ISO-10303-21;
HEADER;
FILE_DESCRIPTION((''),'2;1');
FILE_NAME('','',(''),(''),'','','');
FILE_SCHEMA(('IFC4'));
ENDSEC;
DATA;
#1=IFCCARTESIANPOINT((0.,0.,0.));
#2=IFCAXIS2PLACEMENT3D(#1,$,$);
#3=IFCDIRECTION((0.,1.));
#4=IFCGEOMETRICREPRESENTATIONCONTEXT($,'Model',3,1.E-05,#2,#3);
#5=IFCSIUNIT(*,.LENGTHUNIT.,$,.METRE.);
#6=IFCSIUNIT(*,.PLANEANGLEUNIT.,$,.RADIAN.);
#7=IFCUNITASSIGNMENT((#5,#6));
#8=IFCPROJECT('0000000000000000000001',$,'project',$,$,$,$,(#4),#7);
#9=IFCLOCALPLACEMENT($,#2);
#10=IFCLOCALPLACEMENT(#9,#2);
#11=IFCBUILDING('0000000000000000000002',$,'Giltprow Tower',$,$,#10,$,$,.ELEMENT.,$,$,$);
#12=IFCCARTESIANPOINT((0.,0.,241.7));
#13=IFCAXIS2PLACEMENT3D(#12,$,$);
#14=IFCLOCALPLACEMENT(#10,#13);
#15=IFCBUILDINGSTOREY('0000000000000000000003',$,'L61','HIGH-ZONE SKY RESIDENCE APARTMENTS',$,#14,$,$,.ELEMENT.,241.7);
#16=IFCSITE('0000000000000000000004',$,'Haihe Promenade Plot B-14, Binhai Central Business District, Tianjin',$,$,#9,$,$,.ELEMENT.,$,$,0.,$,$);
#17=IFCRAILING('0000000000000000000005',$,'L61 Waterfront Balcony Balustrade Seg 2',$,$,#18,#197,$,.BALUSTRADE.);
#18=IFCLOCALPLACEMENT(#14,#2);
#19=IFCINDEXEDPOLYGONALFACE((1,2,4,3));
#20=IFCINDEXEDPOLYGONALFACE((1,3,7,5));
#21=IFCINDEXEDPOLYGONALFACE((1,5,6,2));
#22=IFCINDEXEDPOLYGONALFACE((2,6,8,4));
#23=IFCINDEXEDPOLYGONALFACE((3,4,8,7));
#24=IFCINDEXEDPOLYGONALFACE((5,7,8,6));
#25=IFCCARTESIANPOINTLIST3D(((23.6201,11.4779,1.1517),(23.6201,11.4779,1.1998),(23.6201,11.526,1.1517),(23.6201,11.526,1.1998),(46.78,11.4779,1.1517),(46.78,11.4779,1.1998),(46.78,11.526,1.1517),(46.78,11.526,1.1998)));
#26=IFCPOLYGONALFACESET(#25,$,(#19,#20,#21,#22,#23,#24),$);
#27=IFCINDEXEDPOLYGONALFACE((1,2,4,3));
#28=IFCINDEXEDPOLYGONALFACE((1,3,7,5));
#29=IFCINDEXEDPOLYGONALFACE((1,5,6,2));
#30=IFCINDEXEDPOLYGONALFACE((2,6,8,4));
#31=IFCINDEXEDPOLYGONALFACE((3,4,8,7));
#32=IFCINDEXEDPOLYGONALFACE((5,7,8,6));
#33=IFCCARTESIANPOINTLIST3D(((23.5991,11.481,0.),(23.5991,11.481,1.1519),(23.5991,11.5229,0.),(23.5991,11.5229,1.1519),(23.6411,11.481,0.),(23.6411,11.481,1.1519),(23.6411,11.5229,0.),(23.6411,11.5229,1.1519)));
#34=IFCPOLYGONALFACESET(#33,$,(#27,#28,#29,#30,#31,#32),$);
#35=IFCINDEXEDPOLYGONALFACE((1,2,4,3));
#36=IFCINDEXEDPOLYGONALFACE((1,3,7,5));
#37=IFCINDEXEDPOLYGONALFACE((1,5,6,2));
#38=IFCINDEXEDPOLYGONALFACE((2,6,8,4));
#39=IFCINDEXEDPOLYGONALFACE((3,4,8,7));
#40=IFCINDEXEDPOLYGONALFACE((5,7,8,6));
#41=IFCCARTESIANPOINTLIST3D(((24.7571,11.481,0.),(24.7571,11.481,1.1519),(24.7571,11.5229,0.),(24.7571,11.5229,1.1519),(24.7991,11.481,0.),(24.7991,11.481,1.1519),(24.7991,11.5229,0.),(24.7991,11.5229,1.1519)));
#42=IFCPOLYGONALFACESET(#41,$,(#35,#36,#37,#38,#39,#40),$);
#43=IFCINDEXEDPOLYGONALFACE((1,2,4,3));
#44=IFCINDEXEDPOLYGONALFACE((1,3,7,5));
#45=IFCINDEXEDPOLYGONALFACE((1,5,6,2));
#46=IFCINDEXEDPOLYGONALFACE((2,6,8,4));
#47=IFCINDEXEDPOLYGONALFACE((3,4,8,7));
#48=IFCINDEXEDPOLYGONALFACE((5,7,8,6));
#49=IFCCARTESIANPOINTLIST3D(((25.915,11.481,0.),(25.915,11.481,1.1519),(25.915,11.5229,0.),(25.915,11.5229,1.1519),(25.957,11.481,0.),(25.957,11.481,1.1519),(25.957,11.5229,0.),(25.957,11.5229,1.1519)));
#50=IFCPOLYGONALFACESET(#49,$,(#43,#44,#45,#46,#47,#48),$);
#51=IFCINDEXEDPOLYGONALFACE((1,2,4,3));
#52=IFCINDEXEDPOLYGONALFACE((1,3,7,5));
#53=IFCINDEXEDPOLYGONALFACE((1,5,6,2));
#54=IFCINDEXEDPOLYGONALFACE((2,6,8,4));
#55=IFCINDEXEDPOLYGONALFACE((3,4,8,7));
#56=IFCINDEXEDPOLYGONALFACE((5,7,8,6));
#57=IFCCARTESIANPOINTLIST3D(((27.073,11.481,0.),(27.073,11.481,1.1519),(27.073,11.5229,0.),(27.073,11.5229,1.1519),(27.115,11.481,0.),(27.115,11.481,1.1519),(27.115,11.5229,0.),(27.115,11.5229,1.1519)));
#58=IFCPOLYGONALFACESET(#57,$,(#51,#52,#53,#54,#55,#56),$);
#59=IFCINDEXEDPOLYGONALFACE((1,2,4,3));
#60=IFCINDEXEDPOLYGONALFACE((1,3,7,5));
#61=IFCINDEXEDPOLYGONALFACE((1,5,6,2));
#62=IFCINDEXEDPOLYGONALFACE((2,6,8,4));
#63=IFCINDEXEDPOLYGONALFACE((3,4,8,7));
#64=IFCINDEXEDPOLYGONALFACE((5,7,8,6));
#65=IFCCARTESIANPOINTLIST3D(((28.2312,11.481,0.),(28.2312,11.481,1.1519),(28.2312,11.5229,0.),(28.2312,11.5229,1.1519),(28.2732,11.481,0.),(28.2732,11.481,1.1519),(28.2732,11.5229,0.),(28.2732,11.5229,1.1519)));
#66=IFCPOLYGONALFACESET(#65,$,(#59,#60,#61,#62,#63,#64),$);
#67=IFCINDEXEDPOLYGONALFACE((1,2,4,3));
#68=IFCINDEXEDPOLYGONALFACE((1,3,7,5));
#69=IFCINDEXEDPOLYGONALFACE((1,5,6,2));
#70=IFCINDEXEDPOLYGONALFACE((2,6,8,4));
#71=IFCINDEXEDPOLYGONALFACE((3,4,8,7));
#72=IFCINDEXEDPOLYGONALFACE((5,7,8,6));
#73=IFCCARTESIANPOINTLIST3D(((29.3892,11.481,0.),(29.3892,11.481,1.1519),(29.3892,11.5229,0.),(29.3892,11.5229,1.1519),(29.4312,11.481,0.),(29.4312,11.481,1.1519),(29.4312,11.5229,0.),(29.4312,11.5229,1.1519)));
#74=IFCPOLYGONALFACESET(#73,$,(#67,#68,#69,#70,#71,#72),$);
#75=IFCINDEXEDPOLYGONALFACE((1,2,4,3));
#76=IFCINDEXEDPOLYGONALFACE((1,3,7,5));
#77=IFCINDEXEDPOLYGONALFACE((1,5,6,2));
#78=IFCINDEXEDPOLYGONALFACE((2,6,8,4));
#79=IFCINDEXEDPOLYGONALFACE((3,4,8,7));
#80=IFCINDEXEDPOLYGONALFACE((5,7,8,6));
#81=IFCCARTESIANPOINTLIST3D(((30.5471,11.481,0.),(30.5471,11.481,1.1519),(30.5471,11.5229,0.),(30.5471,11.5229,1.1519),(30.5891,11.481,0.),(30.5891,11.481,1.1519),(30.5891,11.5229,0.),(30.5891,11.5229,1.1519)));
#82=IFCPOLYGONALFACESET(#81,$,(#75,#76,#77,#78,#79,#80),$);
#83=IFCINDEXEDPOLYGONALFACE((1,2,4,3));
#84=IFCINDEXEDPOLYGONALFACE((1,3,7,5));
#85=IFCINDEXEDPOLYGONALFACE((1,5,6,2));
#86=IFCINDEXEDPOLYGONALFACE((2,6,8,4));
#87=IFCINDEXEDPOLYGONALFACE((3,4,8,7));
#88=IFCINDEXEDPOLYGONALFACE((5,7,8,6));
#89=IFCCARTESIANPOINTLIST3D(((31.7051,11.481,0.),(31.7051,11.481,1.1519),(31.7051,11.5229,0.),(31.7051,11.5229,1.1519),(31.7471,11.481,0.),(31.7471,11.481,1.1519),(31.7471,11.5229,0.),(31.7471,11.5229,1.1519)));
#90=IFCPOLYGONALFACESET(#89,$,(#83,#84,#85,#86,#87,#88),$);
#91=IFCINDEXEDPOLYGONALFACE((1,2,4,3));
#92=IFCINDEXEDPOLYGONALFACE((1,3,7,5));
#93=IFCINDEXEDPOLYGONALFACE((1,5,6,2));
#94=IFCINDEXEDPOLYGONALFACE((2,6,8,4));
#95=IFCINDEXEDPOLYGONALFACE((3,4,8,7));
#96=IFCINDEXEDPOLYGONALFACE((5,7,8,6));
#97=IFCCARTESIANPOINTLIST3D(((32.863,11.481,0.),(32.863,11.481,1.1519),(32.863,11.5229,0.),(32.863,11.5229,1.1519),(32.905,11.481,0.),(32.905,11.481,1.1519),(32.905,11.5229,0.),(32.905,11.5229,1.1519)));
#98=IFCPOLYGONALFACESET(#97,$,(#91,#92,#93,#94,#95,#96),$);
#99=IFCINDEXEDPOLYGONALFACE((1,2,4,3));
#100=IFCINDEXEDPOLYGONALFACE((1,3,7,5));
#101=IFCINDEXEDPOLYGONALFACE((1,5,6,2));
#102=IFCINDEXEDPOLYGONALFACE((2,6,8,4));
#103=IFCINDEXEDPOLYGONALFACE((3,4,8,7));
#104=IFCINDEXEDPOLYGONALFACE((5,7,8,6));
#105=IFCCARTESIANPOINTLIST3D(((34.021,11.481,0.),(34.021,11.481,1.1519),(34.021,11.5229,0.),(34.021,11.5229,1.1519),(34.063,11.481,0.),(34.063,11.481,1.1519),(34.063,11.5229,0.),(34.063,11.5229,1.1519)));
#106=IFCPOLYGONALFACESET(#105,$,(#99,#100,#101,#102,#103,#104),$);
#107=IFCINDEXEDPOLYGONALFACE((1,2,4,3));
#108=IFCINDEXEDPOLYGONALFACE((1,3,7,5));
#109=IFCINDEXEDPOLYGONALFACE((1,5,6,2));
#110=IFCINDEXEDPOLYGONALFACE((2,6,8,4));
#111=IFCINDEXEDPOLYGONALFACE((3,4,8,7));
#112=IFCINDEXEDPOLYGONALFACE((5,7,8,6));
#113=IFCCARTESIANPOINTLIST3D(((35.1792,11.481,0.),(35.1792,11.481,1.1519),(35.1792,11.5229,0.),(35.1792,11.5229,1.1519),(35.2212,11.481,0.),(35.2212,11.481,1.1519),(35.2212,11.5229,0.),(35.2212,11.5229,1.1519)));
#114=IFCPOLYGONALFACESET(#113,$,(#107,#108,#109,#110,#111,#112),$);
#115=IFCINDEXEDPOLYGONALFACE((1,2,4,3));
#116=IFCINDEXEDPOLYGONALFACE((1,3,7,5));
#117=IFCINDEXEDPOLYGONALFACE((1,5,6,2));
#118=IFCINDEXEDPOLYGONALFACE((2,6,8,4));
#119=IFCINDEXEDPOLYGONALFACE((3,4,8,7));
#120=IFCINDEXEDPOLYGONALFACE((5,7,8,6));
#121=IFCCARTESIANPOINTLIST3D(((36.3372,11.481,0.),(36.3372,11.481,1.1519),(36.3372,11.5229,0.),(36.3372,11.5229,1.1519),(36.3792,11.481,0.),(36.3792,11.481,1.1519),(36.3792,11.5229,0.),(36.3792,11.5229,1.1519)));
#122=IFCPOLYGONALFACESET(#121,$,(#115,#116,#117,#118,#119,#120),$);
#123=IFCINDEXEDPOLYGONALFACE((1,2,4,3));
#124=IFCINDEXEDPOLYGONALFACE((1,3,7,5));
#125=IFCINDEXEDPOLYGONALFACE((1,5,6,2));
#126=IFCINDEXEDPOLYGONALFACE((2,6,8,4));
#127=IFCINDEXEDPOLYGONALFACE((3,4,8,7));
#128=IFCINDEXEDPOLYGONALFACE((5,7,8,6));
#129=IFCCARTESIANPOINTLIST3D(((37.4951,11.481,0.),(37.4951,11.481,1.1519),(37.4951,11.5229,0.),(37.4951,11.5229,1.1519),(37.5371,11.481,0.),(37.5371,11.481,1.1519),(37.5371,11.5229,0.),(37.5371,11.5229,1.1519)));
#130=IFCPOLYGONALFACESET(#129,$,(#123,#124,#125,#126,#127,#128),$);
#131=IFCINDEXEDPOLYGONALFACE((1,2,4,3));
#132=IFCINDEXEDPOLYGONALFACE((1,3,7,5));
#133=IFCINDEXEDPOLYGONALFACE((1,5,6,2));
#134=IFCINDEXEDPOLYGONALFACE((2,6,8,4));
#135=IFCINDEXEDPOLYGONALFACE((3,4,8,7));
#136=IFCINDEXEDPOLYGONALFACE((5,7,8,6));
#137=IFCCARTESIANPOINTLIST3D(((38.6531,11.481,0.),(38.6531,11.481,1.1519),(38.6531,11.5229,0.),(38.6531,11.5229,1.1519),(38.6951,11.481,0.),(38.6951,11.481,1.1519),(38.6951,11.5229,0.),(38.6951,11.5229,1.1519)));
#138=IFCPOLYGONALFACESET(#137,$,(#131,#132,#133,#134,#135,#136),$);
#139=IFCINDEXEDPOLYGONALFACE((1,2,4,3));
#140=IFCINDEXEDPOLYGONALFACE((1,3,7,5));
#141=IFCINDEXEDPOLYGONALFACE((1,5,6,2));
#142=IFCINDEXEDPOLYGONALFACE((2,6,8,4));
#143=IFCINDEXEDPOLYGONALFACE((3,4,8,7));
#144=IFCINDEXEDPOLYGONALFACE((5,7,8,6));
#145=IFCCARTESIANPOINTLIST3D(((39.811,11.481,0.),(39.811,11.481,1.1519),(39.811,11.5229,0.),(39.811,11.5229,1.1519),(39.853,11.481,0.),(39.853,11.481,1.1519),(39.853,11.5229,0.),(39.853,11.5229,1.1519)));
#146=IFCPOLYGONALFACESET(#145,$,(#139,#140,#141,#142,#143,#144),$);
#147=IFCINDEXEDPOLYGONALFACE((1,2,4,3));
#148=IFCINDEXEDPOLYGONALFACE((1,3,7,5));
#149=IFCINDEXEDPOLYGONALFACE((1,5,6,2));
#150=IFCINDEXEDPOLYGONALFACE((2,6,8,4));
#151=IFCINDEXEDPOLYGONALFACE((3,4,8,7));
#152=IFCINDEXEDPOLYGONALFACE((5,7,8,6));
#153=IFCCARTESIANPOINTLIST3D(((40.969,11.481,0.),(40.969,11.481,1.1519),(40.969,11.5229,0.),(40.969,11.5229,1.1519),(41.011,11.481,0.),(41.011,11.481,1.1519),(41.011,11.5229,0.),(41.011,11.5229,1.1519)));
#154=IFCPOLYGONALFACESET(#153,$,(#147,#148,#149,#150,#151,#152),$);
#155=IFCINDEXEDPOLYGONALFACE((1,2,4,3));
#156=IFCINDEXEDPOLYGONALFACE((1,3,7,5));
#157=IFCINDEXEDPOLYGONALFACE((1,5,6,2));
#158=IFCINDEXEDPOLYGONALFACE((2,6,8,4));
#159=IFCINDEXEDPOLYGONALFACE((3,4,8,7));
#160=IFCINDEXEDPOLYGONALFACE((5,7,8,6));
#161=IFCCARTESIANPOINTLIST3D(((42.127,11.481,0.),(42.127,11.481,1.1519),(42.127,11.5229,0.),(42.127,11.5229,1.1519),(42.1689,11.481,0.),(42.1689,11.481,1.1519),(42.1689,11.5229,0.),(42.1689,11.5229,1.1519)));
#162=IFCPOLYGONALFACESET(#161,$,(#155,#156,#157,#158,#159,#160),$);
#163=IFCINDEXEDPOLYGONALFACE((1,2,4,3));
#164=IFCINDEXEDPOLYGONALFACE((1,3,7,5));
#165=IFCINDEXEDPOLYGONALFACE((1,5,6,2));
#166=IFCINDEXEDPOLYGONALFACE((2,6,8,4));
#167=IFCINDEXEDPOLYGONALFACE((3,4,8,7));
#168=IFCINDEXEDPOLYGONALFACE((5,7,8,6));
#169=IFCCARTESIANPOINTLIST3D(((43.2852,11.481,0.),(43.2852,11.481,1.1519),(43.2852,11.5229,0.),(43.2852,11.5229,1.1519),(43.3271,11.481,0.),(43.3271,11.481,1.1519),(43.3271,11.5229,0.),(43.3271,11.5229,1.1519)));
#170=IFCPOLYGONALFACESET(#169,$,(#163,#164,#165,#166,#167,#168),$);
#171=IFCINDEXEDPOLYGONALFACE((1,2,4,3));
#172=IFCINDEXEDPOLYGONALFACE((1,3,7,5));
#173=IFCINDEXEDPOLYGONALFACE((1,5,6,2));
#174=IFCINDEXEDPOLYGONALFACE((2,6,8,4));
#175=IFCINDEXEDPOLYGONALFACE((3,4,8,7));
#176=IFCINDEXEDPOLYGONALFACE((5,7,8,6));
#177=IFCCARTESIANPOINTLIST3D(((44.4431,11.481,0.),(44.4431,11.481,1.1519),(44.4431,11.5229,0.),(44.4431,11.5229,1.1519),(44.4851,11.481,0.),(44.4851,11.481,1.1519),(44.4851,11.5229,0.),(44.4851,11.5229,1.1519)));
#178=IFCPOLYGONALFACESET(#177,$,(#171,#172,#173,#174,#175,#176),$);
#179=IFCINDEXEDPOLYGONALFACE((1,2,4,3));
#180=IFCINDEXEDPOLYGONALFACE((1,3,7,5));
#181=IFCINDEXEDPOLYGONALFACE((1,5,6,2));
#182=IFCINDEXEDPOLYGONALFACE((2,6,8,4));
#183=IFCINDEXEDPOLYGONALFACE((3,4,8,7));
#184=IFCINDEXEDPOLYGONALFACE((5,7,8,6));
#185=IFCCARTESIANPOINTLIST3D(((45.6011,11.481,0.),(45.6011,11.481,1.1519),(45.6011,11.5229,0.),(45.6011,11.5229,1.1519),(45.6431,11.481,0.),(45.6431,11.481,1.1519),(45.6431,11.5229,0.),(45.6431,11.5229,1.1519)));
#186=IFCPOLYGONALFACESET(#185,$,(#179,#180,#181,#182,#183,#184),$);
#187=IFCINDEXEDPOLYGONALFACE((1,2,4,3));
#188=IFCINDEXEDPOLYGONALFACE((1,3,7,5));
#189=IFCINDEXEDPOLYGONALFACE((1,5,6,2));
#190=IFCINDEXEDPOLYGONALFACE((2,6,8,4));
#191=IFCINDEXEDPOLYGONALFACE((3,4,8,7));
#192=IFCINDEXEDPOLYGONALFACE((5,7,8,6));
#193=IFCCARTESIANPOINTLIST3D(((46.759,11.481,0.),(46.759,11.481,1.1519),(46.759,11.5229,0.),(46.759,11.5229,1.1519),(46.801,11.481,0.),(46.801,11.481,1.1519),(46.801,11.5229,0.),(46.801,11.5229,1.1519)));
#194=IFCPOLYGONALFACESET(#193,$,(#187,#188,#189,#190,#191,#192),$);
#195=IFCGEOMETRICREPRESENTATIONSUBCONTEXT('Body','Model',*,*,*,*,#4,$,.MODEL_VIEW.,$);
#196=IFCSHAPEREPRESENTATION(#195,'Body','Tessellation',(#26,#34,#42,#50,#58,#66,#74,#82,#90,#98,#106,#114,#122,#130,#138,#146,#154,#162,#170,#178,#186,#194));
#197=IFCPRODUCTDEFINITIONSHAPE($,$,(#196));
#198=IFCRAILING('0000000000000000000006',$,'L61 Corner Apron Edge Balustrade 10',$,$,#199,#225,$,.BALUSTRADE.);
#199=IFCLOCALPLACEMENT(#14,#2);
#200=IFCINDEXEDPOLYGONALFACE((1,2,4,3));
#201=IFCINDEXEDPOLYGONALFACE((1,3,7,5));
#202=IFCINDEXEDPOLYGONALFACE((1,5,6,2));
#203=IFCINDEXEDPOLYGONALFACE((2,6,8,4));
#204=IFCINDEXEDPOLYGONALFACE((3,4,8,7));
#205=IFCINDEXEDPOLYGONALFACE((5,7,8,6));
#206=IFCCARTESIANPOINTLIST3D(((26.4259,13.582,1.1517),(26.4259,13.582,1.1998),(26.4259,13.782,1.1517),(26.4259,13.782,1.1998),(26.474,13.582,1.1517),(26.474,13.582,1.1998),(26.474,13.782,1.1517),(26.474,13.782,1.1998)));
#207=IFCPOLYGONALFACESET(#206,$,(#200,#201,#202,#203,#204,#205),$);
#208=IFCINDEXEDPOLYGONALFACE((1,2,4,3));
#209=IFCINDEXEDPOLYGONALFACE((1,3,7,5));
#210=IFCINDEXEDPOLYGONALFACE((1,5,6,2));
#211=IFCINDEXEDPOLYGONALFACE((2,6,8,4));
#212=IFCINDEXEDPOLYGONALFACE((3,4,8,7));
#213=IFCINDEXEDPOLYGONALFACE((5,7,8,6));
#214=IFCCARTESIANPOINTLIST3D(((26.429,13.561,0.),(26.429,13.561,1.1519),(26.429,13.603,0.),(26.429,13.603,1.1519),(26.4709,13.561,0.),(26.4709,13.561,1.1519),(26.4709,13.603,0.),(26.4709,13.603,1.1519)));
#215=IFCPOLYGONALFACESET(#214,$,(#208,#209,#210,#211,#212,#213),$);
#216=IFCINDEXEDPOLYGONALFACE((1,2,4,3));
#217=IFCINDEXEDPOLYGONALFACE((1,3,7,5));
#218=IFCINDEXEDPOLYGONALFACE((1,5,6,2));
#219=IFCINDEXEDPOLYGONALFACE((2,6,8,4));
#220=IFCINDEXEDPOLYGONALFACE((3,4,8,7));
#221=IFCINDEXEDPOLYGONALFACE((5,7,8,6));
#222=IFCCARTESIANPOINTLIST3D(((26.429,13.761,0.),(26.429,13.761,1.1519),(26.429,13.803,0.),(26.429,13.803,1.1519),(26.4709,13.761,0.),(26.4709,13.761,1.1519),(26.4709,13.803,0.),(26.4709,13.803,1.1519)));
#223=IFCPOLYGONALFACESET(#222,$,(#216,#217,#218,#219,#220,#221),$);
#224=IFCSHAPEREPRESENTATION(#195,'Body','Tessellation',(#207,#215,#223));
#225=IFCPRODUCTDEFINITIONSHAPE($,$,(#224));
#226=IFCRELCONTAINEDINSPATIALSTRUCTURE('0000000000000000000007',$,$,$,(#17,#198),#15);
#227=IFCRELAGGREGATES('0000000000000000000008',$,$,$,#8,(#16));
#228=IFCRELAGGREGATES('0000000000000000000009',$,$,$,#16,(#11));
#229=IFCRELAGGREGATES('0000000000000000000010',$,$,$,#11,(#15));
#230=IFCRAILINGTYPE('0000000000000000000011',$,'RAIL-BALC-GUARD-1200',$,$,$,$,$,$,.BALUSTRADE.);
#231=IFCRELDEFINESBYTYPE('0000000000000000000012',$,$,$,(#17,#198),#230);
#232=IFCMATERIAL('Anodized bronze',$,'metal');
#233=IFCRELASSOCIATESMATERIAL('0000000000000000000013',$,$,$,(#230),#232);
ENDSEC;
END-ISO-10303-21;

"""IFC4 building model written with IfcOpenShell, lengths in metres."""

from ifc_helpers import new_model, si_unit, direction, frame, origin, origin_2d, place, context, subcontext, project, spatial, rectangle, extrude, material, type_object, element, save


model = new_model("IFC4")

# Units and contexts
model_context = context("Model", 3, precision=1e-05, world=origin(), true_north=direction((0.0, 1.0)))
body_context = subcontext(model_context, "Body", "Model", "MODEL_VIEW")
ifc_project = project(units=[si_unit("LENGTHUNIT", "METRE"), si_unit("PLANEANGLEUNIT", "RADIAN")], contexts=[model_context])

# Site, building, storey
site_placement = place(None, origin())
site = spatial("IfcSite", under=ifc_project, at=site_placement, Name="Haihe Promenade Plot B-14, Binhai Central Business District, Tianjin", CompositionType="ELEMENT", RefElevation=0.0)
building_placement = place(site_placement, origin())
building = spatial("IfcBuilding", under=site, at=building_placement, Name="Giltprow Tower", CompositionType="ELEMENT")
storey_placement = place(building_placement, frame((0.0, 0.0, 241.7)))
storey = spatial("IfcBuildingStorey", under=building, at=storey_placement, Name="L61", Description="HIGH-ZONE SKY RESIDENCE APARTMENTS", CompositionType="ELEMENT", Elevation=241.7)

# Shared definitions
ifc_material_1 = material(Name="Anodized bronze", Category="metal")

# Railings
railing_type = type_object("IfcRailingType", Name="RAIL-BALC-GUARD-1200", PredefinedType="BALUSTRADE", material=ifc_material_1)
railing_1_placement = place(storey_placement, frame((23.6201, 11.502, 0.0)))
element("IfcRailing", 1, at=railing_1_placement, inside=storey, type_object=railing_type, Name="L61 Waterfront Balcony Balustrade Seg 2", PredefinedType="BALUSTRADE", context=body_context, shape_type="SweptSolid", body=[
    extrude(rectangle(XDim=0.0481, YDim=0.0481, at=origin_2d()), frame((0.0, 0.0, 1.1758), z_axis=(1.0, 0.0, 0.0), x_axis=(0.0, 1.0, 0.0)), (0.0, 0.0, 1.0), 23.1599),
    extrude(rectangle(XDim=0.042, YDim=0.042, at=origin_2d()), origin(), (0.0, 0.0, 1.0), 1.1519),
    extrude(rectangle(XDim=0.042, YDim=0.042, at=origin_2d()), frame((1.158, 0.0, 0.0)), (0.0, 0.0, 1.0), 1.1519),
    extrude(rectangle(XDim=0.042, YDim=0.042, at=origin_2d()), frame((2.3159, 0.0, 0.0)), (0.0, 0.0, 1.0), 1.1519),
    extrude(rectangle(XDim=0.042, YDim=0.042, at=origin_2d()), frame((3.4739, 0.0, 0.0)), (0.0, 0.0, 1.0), 1.1519),
    extrude(rectangle(XDim=0.042, YDim=0.042, at=origin_2d()), frame((4.6321, 0.0, 0.0)), (0.0, 0.0, 1.0), 1.1519),
    extrude(rectangle(XDim=0.042, YDim=0.042, at=origin_2d()), frame((5.79, 0.0, 0.0)), (0.0, 0.0, 1.0), 1.1519),
    extrude(rectangle(XDim=0.042, YDim=0.042, at=origin_2d()), frame((6.948, 0.0, 0.0)), (0.0, 0.0, 1.0), 1.1519),
    extrude(rectangle(XDim=0.042, YDim=0.042, at=origin_2d()), frame((8.106, 0.0, 0.0)), (0.0, 0.0, 1.0), 1.1519),
    extrude(rectangle(XDim=0.042, YDim=0.042, at=origin_2d()), frame((9.2639, 0.0, 0.0)), (0.0, 0.0, 1.0), 1.1519),
    extrude(rectangle(XDim=0.042, YDim=0.042, at=origin_2d()), frame((10.4219, 0.0, 0.0)), (0.0, 0.0, 1.0), 1.1519),
    extrude(rectangle(XDim=0.042, YDim=0.042, at=origin_2d()), frame((11.5801, 0.0, 0.0)), (0.0, 0.0, 1.0), 1.1519),
    extrude(rectangle(XDim=0.042, YDim=0.042, at=origin_2d()), frame((12.738, 0.0, 0.0)), (0.0, 0.0, 1.0), 1.1519),
    extrude(rectangle(XDim=0.042, YDim=0.042, at=origin_2d()), frame((13.896, 0.0, 0.0)), (0.0, 0.0, 1.0), 1.1519),
    extrude(rectangle(XDim=0.042, YDim=0.042, at=origin_2d()), frame((15.054, 0.0, 0.0)), (0.0, 0.0, 1.0), 1.1519),
    extrude(rectangle(XDim=0.042, YDim=0.042, at=origin_2d()), frame((16.2119, 0.0, 0.0)), (0.0, 0.0, 1.0), 1.1519),
    extrude(rectangle(XDim=0.042, YDim=0.042, at=origin_2d()), frame((17.3699, 0.0, 0.0)), (0.0, 0.0, 1.0), 1.1519),
    extrude(rectangle(XDim=0.042, YDim=0.042, at=origin_2d()), frame((18.5278, 0.0, 0.0)), (0.0, 0.0, 1.0), 1.1519),
    extrude(rectangle(XDim=0.042, YDim=0.042, at=origin_2d()), frame((19.686, 0.0, 0.0)), (0.0, 0.0, 1.0), 1.1519),
    extrude(rectangle(XDim=0.042, YDim=0.042, at=origin_2d()), frame((20.844, 0.0, 0.0)), (0.0, 0.0, 1.0), 1.1519),
    extrude(rectangle(XDim=0.042, YDim=0.042, at=origin_2d()), frame((22.002, 0.0, 0.0)), (0.0, 0.0, 1.0), 1.1519),
    extrude(rectangle(XDim=0.042, YDim=0.042, at=origin_2d()), frame((23.1599, 0.0, 0.0)), (0.0, 0.0, 1.0), 1.1519),
])
railing_2_placement = place(storey_placement, frame((26.45, 13.582, 0.0)))
element("IfcRailing", 2, at=railing_2_placement, inside=storey, type_object=railing_type, Name="L61 Corner Apron Edge Balustrade 10", PredefinedType="BALUSTRADE", context=body_context, shape_type="SweptSolid", body=[
    extrude(rectangle(XDim=0.0481, YDim=0.0481, at=origin_2d()), frame((0.0, 0.0, 1.1758), z_axis=(0.0, 1.0, 0.0), x_axis=(-1.0, 0.0, 0.0)), (0.0, 0.0, 1.0), 0.2),
    extrude(rectangle(XDim=0.042, YDim=0.042, at=origin_2d()), origin(), (0.0, 0.0, 1.0), 1.1519),
    extrude(rectangle(XDim=0.042, YDim=0.042, at=origin_2d()), frame((0.0, 0.2, 0.0)), (0.0, 0.0, 1.0), 1.1519),
])

save(model, "model.ifc")
